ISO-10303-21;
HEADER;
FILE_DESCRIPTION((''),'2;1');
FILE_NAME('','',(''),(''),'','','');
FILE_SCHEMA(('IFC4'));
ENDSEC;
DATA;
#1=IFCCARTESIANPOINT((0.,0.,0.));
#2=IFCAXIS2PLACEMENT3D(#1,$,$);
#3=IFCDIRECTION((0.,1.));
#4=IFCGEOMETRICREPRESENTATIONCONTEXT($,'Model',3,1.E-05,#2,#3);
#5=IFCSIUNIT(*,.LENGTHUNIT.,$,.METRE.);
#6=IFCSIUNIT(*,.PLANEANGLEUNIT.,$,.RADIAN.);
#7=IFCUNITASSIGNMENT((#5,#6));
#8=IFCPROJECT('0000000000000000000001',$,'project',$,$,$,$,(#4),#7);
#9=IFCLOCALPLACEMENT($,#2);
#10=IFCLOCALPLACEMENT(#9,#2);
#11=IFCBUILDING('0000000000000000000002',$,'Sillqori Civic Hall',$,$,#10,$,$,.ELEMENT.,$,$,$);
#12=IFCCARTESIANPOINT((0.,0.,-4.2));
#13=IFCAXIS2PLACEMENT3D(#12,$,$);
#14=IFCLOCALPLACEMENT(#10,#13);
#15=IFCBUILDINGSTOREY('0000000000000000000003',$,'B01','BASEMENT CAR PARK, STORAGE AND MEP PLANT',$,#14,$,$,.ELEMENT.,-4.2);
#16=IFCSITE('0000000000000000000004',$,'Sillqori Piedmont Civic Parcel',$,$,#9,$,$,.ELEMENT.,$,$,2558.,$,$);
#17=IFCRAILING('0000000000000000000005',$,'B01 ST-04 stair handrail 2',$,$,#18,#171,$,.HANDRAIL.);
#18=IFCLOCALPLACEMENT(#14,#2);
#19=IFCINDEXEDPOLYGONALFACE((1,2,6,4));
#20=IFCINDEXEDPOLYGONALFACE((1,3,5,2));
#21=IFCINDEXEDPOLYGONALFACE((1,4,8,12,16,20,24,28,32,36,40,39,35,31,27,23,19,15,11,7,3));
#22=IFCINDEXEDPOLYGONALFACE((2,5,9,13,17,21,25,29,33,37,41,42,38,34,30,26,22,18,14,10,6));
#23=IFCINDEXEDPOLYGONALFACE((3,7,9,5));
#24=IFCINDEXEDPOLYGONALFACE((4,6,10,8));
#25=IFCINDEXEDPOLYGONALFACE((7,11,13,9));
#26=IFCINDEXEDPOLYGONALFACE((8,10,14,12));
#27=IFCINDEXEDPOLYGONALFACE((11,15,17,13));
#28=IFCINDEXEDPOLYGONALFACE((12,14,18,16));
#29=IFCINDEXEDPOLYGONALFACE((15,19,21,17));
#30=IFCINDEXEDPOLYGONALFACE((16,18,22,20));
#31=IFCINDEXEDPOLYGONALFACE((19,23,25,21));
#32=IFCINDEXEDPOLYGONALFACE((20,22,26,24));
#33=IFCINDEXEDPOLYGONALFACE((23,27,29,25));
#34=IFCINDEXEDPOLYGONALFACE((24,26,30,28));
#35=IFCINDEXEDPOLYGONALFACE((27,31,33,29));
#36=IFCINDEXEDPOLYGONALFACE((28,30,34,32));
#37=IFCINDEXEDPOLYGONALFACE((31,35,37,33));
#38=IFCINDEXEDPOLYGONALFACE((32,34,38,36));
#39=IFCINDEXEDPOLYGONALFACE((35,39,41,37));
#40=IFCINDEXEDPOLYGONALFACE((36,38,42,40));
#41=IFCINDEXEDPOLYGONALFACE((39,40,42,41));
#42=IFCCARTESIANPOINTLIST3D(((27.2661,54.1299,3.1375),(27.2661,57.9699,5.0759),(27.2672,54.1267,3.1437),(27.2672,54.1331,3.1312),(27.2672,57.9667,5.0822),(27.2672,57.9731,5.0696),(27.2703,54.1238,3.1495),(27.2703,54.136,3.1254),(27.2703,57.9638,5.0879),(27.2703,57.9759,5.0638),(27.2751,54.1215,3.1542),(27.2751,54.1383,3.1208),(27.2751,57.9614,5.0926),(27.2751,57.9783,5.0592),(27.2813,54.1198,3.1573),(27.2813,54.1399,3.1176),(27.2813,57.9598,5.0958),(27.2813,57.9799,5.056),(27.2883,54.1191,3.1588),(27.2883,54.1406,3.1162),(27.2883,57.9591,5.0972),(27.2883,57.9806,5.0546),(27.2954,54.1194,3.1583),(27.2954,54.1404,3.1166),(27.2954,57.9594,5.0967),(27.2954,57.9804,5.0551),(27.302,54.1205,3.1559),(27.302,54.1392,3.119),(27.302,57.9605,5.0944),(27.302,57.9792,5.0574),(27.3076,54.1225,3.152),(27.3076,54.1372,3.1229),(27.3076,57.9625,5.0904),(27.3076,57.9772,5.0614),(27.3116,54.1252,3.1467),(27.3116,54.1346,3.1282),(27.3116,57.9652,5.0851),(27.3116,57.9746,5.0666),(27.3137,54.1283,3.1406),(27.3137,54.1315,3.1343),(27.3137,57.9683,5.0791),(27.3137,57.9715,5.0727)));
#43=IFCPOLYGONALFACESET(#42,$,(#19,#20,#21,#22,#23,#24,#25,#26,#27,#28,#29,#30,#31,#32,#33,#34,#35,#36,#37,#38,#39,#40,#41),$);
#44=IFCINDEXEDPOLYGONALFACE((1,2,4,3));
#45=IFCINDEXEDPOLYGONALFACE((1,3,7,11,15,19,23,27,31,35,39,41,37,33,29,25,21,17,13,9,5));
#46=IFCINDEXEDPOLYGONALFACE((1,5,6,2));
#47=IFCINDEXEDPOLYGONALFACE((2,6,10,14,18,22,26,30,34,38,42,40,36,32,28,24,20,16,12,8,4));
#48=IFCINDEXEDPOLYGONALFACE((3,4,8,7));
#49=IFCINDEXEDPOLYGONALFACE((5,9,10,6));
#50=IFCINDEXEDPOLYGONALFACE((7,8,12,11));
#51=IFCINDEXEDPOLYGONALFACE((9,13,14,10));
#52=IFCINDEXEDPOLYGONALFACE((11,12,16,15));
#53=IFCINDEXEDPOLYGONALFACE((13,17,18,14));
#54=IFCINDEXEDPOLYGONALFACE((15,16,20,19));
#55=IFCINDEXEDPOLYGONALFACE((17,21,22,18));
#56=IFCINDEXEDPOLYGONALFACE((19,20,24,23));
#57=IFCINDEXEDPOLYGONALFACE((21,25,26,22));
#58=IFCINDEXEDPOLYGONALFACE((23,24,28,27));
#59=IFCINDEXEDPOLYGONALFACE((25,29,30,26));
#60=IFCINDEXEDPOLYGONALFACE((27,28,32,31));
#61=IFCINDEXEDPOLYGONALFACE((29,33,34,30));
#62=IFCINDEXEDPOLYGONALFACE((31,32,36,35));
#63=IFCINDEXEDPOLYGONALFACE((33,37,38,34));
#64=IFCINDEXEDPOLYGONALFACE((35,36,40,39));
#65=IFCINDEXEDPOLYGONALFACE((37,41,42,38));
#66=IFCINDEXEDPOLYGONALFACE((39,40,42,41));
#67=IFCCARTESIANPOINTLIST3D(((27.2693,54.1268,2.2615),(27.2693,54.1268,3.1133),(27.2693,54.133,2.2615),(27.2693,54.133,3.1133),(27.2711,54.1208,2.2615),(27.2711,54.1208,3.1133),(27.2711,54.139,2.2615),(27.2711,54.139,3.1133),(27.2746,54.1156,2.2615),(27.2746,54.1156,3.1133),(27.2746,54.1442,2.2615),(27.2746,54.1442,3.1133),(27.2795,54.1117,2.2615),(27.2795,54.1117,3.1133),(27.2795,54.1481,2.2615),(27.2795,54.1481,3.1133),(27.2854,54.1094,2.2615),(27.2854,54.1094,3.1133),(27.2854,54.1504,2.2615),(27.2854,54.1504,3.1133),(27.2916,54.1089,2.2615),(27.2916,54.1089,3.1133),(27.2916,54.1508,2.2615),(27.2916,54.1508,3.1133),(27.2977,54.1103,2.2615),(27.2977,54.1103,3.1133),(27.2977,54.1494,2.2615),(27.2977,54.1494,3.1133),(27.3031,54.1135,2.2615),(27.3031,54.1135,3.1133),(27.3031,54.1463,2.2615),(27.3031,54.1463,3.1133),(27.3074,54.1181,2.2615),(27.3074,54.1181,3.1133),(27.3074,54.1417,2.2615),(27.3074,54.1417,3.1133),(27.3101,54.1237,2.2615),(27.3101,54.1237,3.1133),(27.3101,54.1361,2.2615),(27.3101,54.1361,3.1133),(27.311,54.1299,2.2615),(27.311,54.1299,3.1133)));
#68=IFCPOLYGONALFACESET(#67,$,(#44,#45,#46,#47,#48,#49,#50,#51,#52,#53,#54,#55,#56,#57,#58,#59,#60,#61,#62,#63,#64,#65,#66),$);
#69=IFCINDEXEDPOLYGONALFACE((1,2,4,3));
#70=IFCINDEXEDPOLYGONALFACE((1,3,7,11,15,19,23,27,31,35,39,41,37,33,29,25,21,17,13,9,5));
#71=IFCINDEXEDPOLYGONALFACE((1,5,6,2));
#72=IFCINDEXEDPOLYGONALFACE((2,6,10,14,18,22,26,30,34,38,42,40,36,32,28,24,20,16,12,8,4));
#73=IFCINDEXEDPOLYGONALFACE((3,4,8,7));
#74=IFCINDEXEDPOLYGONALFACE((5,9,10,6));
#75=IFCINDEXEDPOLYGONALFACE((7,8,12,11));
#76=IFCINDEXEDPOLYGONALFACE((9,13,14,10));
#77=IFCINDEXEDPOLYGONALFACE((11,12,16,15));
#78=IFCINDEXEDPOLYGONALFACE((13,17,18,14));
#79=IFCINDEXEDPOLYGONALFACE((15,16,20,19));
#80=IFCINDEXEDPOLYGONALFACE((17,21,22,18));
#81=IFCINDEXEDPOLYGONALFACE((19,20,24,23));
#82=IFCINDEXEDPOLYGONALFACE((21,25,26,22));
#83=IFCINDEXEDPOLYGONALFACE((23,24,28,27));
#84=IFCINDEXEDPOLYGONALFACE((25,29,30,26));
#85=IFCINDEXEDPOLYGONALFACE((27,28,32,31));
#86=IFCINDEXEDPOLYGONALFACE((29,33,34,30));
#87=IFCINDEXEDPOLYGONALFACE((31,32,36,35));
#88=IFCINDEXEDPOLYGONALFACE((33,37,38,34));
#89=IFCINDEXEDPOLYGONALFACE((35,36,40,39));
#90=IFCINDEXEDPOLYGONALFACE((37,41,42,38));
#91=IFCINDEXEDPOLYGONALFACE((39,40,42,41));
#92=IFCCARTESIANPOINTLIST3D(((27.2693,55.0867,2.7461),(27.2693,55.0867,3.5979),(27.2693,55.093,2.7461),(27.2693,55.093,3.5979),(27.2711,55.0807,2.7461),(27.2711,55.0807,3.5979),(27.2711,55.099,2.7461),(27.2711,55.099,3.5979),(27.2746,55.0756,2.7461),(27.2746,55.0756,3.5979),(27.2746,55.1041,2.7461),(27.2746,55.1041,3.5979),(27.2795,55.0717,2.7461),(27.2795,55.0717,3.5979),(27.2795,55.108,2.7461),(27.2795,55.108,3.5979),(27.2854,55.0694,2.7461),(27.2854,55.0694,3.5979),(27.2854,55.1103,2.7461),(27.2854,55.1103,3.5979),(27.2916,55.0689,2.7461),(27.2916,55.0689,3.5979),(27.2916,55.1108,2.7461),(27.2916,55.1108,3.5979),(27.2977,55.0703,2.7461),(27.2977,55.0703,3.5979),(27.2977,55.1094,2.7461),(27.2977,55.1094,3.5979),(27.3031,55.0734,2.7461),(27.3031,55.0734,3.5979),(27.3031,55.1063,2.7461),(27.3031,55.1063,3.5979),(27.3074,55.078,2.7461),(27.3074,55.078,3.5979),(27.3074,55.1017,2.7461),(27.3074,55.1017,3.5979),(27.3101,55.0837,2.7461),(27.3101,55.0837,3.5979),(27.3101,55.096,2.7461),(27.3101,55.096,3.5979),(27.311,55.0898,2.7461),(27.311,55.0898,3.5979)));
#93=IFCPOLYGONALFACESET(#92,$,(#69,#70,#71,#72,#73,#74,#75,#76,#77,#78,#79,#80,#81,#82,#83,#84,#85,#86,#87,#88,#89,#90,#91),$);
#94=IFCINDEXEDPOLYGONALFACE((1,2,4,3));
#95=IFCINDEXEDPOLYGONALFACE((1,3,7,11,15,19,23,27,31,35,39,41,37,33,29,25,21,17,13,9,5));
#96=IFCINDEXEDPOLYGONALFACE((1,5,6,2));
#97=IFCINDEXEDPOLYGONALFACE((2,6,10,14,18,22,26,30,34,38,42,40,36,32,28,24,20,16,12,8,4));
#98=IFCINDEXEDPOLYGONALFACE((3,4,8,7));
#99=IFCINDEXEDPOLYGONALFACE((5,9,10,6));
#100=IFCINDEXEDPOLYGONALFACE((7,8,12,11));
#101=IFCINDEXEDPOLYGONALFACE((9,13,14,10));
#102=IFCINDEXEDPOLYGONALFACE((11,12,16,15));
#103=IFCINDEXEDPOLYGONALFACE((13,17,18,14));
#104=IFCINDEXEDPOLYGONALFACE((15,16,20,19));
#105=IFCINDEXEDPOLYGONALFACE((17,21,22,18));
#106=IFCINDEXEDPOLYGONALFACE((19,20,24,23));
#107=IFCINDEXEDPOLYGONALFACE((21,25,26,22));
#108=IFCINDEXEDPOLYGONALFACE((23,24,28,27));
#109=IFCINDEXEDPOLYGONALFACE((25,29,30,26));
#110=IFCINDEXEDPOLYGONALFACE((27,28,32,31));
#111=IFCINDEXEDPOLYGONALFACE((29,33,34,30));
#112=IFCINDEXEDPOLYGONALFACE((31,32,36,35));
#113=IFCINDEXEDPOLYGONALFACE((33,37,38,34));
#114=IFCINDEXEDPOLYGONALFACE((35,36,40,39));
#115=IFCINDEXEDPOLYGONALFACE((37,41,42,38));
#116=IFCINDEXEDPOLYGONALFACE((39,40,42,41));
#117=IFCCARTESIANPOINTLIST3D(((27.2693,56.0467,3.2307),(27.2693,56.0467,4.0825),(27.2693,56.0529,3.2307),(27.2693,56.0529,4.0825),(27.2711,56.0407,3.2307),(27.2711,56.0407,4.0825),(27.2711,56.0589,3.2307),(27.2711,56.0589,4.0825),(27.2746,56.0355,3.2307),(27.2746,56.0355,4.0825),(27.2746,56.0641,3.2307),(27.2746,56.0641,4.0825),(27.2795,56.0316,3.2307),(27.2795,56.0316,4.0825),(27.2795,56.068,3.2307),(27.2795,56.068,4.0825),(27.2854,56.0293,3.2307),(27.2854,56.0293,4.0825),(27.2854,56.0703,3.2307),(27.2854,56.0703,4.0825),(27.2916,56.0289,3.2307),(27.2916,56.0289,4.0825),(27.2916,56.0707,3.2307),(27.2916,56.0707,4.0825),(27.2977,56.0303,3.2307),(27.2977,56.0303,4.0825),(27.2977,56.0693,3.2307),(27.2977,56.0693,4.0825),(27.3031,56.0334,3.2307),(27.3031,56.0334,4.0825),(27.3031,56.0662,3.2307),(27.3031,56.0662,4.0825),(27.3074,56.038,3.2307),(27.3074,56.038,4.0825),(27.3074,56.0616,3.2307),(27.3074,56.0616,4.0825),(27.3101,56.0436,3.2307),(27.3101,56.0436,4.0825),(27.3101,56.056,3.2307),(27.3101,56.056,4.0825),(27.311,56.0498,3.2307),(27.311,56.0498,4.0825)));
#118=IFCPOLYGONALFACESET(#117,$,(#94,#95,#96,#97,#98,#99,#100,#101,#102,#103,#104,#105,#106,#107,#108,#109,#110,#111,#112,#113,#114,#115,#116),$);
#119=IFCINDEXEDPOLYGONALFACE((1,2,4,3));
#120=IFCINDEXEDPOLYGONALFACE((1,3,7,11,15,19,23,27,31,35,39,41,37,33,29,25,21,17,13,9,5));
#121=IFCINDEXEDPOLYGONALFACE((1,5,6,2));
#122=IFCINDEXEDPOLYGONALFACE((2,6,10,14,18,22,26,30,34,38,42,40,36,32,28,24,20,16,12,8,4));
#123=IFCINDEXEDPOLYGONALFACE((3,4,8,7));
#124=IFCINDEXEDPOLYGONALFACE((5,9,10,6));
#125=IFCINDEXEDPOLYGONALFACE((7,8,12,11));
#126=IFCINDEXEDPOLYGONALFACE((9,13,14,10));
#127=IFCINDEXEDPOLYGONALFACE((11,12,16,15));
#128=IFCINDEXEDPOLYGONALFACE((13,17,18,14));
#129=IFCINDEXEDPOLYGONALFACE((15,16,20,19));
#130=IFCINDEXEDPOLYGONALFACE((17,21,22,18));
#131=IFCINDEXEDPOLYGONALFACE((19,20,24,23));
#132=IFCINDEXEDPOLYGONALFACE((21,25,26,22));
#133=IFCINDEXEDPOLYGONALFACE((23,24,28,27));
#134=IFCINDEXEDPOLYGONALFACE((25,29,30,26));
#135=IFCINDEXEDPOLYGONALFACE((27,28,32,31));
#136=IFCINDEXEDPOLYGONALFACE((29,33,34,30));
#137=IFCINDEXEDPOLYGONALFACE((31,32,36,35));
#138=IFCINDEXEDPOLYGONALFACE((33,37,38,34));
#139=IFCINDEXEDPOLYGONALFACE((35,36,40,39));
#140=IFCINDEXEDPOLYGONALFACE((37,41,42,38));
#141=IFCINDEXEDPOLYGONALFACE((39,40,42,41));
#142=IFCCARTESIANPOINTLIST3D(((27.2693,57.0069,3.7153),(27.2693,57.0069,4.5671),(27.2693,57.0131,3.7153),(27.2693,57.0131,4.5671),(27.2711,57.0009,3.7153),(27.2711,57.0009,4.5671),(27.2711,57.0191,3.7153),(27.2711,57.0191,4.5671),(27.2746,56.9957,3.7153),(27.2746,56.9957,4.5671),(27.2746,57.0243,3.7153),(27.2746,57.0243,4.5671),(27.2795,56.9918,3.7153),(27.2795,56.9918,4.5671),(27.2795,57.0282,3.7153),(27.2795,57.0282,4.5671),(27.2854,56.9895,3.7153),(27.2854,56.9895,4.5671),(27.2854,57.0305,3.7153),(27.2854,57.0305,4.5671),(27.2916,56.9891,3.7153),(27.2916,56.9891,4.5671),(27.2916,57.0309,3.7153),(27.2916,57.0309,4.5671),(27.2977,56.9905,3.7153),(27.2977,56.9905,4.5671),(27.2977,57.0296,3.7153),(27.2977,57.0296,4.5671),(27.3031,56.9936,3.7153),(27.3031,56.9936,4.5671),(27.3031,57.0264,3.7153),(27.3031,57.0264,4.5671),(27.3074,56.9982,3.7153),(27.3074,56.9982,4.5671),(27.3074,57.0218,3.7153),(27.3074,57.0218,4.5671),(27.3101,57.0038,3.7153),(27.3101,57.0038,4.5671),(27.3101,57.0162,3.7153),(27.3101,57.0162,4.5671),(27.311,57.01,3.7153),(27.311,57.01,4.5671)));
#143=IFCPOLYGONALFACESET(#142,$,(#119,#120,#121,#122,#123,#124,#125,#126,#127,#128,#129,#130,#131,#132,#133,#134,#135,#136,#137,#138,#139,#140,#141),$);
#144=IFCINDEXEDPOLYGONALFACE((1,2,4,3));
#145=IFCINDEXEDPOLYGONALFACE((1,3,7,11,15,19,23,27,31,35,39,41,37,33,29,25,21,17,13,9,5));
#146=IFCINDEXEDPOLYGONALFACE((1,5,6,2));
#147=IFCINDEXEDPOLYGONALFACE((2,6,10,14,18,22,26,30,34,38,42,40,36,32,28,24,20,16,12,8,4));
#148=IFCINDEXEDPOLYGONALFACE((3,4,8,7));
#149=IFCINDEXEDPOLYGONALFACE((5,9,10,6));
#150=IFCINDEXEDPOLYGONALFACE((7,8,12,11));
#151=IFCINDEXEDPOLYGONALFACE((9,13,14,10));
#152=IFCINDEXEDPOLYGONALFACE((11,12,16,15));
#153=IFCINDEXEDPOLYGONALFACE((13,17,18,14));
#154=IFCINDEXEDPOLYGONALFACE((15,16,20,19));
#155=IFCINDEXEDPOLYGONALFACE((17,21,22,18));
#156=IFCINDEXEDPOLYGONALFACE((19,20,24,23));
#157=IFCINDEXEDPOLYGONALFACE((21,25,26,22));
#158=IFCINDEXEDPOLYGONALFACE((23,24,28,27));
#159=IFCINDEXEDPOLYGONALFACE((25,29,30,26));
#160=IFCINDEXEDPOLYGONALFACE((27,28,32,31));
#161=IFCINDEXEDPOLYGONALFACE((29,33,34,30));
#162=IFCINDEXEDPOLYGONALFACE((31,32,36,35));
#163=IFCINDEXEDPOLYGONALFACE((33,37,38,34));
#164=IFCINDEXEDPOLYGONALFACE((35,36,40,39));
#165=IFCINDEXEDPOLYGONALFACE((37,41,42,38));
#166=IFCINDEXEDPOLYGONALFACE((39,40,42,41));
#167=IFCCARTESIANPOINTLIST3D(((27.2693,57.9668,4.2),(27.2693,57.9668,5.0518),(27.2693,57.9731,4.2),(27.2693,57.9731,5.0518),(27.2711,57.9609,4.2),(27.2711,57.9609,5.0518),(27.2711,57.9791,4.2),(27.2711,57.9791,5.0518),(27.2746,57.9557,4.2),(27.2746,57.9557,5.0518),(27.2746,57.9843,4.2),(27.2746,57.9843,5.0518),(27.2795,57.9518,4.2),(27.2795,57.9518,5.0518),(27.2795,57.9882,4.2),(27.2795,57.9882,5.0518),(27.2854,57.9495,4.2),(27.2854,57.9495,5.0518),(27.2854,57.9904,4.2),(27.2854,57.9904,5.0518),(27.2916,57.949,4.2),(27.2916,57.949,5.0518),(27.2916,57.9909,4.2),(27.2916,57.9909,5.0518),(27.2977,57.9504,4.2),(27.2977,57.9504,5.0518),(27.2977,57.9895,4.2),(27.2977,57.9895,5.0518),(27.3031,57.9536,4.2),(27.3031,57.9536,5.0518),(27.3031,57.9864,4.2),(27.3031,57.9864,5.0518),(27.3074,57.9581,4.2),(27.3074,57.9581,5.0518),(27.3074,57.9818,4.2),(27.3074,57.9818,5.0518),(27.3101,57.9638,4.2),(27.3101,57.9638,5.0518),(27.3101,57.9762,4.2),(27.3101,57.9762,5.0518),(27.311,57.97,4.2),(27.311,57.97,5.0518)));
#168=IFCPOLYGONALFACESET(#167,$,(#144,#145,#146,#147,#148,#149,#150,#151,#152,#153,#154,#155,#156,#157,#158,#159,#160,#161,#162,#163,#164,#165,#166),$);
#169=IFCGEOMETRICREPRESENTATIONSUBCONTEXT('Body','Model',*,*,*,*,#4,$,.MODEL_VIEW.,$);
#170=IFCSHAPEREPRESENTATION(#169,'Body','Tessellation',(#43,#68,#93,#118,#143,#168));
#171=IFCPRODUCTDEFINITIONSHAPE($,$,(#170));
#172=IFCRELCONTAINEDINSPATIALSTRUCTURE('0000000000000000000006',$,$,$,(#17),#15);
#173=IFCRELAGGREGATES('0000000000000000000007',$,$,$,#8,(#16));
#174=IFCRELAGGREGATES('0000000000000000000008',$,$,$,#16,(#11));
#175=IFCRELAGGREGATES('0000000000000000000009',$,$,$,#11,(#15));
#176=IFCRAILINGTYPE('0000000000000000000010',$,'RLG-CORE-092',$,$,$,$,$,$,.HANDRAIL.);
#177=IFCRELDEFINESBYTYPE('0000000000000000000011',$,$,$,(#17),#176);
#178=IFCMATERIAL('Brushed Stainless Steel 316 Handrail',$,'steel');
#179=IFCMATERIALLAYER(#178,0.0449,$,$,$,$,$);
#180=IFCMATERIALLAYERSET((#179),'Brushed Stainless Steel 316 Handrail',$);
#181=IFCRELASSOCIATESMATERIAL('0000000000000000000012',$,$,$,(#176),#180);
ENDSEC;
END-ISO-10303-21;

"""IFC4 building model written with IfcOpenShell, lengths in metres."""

from ifc_helpers import new_model, si_unit, direction, frame, origin, origin_2d, place, context, subcontext, project, spatial, circle, extrude, material, layer, layer_set, type_object, element, save


model = new_model("IFC4")

# Units and contexts
model_context = context("Model", 3, precision=1e-05, world=origin(), true_north=direction((0.0, 1.0)))
body_context = subcontext(model_context, "Body", "Model", "MODEL_VIEW")
ifc_project = project(units=[si_unit("LENGTHUNIT", "METRE"), si_unit("PLANEANGLEUNIT", "RADIAN")], contexts=[model_context])

# Site, building, storey
site_placement = place(None, origin())
site = spatial("IfcSite", under=ifc_project, at=site_placement, Name="Sillqori Piedmont Civic Parcel", CompositionType="ELEMENT", RefElevation=2558.0)
building_placement = place(site_placement, origin())
building = spatial("IfcBuilding", under=site, at=building_placement, Name="Sillqori Civic Hall", CompositionType="ELEMENT")
storey_placement = place(building_placement, frame((0.0, 0.0, -4.2)))
storey = spatial("IfcBuildingStorey", under=building, at=storey_placement, Name="B01", Description="BASEMENT CAR PARK, STORAGE AND MEP PLANT", CompositionType="ELEMENT", Elevation=-4.2)

# Railing
ifc_material_1 = material(Name="Brushed Stainless Steel 316 Handrail", Category="steel")
ifc_layer_1 = layer(ifc_material_1, 0.0449)
ifc_layer_set_1 = layer_set([ifc_layer_1], Name="Brushed Stainless Steel 316 Handrail")
railing_type_1 = type_object("IfcRailingType", Name="RLG-CORE-092", PredefinedType="HANDRAIL", material=ifc_layer_set_1)
railing_1_placement = place(storey_placement, frame((27.29, 54.1299, 2.2615)))
element("IfcRailing", 1, at=railing_1_placement, inside=storey, type_object=railing_type_1, Name="B01 ST-04 stair handrail 2", PredefinedType="HANDRAIL", context=body_context, shape_type="SweptSolid", body=[
    extrude(circle(Radius=0.0239, at=origin_2d()), frame((0.0, 0.0, 0.876), z_axis=(0.0, 0.892707, 0.450638), x_axis=(-1.0, 0.0, 0.0)), (0.0, 0.0, 1.0), 4.3015),
    extrude(circle(Radius=0.021, at=origin_2d()), origin(), (0.0, 0.0, 1.0), 0.8518),
    extrude(circle(Radius=0.021, at=origin_2d()), frame((0.0, 0.96, 0.4846)), (0.0, 0.0, 1.0), 0.8518),
    extrude(circle(Radius=0.021, at=origin_2d()), frame((0.0, 1.9199, 0.9692)), (0.0, 0.0, 1.0), 0.8518),
    extrude(circle(Radius=0.021, at=origin_2d()), frame((0.0, 2.8801, 1.4539)), (0.0, 0.0, 1.0), 0.8518),
    extrude(circle(Radius=0.021, at=origin_2d()), frame((0.0, 3.8401, 1.9385)), (0.0, 0.0, 1.0), 0.8518),
])

save(model, "model.ifc")
